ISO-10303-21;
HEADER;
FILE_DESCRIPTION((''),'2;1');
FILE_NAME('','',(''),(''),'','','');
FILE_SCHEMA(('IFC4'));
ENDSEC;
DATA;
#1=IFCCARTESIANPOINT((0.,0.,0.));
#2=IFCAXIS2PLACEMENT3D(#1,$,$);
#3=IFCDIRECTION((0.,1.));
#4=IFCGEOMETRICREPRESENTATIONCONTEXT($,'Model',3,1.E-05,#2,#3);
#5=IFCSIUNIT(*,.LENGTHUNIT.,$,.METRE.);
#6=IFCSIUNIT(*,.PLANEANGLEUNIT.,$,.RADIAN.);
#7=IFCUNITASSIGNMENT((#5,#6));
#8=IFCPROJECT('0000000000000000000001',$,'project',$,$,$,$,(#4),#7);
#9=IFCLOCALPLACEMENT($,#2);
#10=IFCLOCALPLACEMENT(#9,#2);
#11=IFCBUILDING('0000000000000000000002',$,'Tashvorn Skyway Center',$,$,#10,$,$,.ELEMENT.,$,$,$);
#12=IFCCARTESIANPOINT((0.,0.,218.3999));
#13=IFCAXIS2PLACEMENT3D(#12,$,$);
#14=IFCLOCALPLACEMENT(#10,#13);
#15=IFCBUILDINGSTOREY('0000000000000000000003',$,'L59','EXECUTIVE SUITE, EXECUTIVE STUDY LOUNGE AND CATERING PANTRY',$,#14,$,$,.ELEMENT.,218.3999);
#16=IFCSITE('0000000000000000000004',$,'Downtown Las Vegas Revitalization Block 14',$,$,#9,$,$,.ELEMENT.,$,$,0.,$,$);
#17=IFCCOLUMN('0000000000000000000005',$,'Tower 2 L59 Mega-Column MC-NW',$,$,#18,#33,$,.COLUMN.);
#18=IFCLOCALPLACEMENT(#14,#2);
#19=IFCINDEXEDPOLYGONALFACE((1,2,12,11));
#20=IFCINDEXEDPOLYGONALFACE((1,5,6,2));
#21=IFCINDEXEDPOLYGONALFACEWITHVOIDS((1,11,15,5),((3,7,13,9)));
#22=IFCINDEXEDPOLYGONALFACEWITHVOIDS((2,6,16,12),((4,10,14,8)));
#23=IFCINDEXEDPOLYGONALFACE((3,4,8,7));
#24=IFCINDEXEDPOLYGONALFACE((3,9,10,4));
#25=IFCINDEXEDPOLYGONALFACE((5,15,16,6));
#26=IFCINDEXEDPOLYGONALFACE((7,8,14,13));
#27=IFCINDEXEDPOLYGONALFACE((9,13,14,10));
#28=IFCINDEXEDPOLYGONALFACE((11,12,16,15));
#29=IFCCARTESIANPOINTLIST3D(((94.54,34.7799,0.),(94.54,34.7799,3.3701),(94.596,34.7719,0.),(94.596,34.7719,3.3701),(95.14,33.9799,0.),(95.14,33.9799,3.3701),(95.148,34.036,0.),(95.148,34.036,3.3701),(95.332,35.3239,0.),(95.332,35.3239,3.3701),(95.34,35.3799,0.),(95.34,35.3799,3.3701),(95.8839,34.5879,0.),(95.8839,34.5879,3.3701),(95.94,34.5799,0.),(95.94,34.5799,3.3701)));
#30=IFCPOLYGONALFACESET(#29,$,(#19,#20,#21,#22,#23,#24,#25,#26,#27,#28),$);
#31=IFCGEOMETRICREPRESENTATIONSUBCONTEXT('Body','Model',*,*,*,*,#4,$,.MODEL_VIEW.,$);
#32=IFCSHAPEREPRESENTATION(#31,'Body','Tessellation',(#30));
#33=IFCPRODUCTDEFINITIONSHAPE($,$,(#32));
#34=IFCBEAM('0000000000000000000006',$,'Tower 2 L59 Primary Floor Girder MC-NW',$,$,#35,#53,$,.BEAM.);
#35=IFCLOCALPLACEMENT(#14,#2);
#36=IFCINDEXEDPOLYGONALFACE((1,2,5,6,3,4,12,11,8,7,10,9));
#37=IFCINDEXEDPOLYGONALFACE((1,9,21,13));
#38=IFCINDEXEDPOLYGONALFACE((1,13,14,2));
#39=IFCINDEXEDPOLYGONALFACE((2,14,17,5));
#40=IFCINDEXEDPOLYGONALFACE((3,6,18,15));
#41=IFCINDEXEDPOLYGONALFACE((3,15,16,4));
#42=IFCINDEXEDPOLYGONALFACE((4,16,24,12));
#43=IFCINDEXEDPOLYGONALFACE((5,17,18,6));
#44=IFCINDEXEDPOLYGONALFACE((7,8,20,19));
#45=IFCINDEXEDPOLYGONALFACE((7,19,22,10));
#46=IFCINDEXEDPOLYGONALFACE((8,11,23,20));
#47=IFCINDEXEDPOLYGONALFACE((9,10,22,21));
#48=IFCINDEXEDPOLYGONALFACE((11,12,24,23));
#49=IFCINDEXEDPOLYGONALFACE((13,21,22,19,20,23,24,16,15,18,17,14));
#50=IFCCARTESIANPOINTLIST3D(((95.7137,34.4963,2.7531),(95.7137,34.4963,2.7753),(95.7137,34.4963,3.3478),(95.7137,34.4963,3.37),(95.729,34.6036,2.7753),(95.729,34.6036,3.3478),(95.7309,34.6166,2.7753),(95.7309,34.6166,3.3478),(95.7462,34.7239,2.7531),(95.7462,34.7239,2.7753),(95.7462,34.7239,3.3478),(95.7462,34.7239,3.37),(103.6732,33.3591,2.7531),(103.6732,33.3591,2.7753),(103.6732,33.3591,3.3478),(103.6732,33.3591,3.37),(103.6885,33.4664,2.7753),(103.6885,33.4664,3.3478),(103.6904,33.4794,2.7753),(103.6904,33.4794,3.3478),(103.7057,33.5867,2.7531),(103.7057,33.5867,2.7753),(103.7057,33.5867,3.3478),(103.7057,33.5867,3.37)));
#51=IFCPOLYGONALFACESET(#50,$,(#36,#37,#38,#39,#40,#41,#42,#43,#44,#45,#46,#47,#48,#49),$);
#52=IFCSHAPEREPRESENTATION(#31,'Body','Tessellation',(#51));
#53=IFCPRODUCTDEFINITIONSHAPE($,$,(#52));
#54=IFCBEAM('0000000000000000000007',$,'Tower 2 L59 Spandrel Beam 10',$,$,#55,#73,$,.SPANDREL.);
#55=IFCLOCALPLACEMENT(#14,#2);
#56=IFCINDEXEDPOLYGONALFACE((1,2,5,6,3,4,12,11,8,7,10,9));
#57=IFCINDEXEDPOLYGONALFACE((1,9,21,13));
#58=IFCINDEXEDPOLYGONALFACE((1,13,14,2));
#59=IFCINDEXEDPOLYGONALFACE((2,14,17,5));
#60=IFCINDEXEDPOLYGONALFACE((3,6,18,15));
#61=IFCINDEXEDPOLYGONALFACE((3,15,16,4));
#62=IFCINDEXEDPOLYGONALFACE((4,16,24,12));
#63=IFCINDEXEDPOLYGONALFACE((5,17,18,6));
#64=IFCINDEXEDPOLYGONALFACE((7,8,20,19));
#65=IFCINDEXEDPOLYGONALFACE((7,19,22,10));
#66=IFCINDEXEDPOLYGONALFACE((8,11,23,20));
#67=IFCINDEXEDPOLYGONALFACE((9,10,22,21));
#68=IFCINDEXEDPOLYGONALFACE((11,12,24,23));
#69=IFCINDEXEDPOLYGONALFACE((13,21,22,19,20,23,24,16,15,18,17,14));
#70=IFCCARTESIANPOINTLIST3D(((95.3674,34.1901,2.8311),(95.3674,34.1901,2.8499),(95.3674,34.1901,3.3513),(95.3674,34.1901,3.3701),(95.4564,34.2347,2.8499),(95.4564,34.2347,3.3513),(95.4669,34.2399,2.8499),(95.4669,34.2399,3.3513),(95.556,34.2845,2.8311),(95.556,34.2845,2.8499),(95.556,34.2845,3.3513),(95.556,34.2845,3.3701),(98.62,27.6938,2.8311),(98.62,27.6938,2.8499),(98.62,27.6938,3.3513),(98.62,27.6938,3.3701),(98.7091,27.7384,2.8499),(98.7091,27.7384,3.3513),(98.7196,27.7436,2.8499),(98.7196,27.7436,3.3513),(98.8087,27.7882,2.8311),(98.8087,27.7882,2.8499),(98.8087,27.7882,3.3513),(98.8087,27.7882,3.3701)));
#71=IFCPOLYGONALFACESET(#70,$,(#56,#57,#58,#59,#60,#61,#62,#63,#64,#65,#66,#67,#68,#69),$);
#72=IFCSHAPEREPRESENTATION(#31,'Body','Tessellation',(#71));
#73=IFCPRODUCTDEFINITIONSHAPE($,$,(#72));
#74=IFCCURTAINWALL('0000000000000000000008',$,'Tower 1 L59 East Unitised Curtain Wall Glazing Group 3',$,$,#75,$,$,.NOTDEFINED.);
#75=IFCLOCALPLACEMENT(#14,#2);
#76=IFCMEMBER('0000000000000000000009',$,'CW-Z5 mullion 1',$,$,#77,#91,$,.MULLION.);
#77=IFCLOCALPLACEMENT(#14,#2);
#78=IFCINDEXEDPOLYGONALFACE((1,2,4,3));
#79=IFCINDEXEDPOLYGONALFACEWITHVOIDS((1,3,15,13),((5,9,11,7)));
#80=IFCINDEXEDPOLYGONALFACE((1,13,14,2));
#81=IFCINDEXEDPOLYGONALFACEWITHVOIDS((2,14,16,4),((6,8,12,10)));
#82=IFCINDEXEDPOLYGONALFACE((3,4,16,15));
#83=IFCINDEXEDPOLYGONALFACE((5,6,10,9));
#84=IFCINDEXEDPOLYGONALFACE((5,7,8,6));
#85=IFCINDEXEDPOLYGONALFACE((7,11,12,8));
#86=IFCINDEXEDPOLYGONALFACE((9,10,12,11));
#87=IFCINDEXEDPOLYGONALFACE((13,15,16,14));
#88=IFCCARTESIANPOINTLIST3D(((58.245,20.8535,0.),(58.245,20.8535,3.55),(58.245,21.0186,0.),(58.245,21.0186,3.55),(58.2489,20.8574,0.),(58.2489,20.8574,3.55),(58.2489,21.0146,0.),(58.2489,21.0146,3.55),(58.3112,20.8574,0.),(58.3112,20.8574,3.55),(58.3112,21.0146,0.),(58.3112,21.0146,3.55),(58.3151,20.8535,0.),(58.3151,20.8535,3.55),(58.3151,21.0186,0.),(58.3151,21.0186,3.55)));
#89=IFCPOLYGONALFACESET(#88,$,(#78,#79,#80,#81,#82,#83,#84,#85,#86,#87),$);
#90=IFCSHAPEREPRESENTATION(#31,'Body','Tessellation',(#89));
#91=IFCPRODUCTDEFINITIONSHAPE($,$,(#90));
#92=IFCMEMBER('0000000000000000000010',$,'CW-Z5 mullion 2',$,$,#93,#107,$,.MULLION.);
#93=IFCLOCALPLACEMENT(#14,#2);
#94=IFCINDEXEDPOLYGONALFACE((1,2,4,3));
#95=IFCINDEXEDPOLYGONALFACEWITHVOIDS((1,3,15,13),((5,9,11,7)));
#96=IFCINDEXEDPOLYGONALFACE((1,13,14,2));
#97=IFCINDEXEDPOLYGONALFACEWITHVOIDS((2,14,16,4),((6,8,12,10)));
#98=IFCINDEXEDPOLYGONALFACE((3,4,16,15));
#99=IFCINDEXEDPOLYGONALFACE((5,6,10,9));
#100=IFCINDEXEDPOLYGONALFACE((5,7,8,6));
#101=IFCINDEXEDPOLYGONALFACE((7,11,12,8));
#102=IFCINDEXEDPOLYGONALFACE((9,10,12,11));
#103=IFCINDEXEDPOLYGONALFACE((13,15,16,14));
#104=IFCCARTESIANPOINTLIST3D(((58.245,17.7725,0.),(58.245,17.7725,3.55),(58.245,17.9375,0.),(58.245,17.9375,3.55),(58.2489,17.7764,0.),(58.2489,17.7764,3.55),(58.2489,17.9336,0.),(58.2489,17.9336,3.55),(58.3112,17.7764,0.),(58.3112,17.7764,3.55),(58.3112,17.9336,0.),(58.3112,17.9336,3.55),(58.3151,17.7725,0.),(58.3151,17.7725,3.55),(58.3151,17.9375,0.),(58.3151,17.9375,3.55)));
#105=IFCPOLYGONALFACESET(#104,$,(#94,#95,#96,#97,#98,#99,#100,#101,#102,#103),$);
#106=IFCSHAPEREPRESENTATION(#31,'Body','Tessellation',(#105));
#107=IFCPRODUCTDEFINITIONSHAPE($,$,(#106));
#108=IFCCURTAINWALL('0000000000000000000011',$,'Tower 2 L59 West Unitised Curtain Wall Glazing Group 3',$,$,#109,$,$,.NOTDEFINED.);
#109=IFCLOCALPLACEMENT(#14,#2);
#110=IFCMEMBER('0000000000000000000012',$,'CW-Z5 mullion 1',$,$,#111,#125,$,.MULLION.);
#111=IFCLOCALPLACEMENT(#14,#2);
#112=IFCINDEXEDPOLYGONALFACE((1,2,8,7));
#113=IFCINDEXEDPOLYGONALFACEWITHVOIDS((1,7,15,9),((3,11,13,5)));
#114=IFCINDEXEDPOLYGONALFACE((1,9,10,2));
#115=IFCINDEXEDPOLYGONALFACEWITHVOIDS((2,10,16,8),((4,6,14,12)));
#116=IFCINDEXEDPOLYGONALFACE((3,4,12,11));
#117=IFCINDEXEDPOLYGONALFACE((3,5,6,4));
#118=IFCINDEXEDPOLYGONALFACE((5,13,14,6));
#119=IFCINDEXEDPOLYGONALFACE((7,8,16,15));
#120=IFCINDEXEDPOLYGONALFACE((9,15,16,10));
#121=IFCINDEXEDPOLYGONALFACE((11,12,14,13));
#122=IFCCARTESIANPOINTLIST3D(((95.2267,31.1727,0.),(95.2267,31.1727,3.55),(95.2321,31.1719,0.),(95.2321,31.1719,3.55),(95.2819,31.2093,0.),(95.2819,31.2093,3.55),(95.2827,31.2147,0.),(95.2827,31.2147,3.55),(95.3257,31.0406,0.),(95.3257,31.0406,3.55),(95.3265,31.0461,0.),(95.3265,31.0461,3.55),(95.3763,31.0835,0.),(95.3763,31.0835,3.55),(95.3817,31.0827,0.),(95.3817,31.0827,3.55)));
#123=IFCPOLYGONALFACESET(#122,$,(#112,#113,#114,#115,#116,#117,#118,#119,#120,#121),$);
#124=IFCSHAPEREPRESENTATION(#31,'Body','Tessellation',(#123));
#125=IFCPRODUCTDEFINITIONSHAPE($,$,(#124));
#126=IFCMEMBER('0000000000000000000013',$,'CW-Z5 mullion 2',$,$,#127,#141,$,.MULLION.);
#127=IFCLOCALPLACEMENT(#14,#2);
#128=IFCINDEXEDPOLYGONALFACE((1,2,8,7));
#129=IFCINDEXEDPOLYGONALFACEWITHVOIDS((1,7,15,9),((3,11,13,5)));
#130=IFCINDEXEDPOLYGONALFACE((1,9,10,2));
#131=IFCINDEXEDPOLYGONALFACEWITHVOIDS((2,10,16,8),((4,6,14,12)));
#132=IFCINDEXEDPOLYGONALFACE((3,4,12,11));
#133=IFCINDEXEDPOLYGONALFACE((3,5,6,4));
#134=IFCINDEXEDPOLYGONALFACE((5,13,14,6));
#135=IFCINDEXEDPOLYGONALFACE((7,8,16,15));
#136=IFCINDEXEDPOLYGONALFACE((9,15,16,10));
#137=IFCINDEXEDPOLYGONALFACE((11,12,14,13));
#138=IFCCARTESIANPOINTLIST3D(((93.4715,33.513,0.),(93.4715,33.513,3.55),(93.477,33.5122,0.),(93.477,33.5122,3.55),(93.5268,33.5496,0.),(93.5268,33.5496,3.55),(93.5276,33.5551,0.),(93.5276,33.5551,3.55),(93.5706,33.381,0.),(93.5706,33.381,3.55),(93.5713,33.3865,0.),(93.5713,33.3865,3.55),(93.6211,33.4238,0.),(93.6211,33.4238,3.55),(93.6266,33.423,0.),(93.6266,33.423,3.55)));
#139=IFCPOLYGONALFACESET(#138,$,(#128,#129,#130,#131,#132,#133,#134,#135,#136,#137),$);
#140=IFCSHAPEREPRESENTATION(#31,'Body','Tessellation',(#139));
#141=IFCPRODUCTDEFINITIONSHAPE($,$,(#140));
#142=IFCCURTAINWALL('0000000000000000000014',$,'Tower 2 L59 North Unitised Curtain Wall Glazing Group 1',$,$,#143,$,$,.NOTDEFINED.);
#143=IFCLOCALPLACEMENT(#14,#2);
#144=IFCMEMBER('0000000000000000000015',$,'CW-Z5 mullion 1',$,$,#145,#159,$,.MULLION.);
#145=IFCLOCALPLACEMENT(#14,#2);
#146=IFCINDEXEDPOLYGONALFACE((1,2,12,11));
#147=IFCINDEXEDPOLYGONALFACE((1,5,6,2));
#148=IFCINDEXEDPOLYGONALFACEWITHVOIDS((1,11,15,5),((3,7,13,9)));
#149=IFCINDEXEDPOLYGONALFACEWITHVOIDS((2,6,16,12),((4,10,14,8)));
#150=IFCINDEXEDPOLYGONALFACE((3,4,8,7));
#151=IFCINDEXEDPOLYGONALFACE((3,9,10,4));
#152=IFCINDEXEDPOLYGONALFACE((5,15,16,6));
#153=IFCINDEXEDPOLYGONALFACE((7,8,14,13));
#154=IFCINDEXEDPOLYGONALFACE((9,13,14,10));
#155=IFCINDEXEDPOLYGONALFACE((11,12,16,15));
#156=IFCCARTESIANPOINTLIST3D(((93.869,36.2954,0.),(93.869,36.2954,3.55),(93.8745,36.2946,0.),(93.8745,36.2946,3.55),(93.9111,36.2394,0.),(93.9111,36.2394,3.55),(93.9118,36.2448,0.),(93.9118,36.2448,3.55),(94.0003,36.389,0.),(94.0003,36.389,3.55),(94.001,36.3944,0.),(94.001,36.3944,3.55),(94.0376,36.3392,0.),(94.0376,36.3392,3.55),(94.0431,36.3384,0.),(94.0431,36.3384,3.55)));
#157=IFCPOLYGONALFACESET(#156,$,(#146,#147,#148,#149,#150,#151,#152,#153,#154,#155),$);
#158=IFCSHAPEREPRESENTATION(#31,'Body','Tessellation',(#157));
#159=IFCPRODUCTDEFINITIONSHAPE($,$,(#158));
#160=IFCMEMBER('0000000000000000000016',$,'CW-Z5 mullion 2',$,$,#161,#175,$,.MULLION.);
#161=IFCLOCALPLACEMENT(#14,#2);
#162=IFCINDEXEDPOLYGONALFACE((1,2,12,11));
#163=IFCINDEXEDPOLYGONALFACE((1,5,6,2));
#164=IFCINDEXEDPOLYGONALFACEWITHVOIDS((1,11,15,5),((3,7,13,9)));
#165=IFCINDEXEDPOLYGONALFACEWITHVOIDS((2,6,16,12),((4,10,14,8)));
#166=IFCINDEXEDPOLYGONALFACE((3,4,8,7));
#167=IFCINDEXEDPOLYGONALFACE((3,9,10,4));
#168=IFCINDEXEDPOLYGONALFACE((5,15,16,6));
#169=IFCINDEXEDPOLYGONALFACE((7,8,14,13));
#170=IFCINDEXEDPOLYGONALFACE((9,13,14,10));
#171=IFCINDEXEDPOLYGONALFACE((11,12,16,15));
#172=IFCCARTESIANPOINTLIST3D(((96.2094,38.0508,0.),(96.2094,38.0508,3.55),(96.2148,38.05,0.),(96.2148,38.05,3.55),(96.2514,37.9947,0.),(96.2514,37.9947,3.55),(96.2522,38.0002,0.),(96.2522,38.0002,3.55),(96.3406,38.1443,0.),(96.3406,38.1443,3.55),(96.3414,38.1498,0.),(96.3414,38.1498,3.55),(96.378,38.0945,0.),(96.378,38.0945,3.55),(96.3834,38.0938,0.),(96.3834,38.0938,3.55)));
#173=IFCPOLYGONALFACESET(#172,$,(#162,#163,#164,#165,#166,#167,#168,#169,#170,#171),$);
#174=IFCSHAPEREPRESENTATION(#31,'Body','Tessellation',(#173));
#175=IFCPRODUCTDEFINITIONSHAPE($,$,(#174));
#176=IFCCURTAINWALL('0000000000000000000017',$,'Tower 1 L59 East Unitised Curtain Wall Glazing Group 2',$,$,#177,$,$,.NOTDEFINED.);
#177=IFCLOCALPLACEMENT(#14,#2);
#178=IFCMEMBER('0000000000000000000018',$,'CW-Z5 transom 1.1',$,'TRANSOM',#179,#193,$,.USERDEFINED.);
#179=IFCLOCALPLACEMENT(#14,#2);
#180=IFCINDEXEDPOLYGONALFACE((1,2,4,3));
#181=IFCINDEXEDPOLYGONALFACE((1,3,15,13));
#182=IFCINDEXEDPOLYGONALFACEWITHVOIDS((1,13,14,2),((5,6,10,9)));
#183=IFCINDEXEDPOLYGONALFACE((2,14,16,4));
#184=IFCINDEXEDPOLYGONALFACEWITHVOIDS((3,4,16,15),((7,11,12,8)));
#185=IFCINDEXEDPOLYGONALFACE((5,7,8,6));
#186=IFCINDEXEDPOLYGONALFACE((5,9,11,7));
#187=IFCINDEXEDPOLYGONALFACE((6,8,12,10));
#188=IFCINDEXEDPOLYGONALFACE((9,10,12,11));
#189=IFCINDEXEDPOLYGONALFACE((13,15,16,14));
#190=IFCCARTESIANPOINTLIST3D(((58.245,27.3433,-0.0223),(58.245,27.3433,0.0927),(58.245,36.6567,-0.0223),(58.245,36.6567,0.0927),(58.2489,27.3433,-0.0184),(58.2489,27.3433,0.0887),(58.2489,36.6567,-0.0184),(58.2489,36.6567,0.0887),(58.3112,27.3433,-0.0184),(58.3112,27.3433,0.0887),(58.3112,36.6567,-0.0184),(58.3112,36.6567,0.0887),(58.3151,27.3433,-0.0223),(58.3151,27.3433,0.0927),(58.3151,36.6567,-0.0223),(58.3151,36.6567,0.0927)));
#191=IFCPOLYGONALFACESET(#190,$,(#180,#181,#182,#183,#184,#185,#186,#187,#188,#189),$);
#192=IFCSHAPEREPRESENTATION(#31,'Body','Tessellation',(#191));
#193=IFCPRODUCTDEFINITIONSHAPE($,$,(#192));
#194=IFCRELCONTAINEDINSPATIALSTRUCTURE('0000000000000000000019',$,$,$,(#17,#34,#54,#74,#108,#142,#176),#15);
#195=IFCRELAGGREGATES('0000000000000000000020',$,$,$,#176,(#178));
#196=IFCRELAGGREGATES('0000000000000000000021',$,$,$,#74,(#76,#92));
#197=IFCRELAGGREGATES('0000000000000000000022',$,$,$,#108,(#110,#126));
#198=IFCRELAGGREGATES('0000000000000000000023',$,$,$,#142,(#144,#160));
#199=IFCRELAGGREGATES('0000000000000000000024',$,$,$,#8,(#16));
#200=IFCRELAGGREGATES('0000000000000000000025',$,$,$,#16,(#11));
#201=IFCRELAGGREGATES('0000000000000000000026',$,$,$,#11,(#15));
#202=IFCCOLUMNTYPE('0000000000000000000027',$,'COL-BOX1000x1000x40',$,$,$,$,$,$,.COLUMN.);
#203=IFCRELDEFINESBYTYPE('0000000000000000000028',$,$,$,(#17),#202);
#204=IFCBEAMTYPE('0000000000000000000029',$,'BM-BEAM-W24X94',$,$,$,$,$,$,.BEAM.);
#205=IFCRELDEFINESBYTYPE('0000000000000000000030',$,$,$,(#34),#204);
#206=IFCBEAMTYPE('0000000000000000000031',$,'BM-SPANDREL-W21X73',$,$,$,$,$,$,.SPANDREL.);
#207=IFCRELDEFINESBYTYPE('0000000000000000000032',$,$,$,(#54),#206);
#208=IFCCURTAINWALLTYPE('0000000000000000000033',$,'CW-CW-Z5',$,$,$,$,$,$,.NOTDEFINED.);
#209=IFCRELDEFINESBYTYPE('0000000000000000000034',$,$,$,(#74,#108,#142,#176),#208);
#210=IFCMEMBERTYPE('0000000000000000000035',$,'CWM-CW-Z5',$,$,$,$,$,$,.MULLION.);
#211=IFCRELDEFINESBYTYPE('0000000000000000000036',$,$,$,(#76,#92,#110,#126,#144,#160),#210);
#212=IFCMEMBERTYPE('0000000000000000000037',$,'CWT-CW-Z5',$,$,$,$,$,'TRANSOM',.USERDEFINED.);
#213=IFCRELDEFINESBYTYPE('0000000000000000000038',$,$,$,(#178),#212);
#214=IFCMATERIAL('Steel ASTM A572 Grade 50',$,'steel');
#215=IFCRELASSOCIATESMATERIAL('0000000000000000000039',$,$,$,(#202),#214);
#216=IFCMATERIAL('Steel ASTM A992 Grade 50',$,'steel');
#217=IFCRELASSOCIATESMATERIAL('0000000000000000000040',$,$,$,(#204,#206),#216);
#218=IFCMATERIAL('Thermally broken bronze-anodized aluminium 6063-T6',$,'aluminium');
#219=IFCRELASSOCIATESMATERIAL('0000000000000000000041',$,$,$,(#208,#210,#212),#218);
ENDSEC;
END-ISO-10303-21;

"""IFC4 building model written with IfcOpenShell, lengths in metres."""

from ifc_helpers import new_model, si_unit, direction, frame, origin, origin_2d, place, context, subcontext, project, spatial, hollow_rectangle, i_section, extrude, material, material_profile, profile_set, type_object, element, aggregate, save


model = new_model("IFC4")

# Units and contexts
model_context = context("Model", 3, precision=1e-05, world=origin(), true_north=direction((0.0, 1.0)))
body_context = subcontext(model_context, "Body", "Model", "MODEL_VIEW")
ifc_project = project(units=[si_unit("LENGTHUNIT", "METRE"), si_unit("PLANEANGLEUNIT", "RADIAN")], contexts=[model_context])

# Site, building, storey
site_placement = place(None, origin())
site = spatial("IfcSite", under=ifc_project, at=site_placement, Name="Downtown Las Vegas Revitalization Block 14", CompositionType="ELEMENT", RefElevation=0.0)
building_placement = place(site_placement, origin())
building = spatial("IfcBuilding", under=site, at=building_placement, Name="Tashvorn Skyway Center", CompositionType="ELEMENT")
storey_placement = place(building_placement, frame((0.0, 0.0, 218.3999)))
storey = spatial("IfcBuildingStorey", under=building, at=storey_placement, Name="L59", Description="EXECUTIVE SUITE, EXECUTIVE STUDY LOUNGE AND CATERING PANTRY", CompositionType="ELEMENT", Elevation=218.3999)

# Column
ifc_material_1 = material(Name="Steel ASTM A572 Grade 50", Category="steel")
ifc_material_profile_1 = material_profile(ifc_material_1, hollow_rectangle(XDim=1.0, YDim=1.0, WallThickness=0.04, at=origin_2d()), Name="BOX1000x1000x40")
ifc_profile_set_1 = profile_set([ifc_material_profile_1], Name="Steel ASTM A572 Grade 50")
column_type = type_object("IfcColumnType", Name="COL-BOX1000x1000x40", PredefinedType="COLUMN", material=ifc_profile_set_1)
column_placement = place(storey_placement, frame((95.24, 34.6799, 0.0), z_axis=(0.0, 0.0, 1.0), x_axis=(0.8, 0.6, 0.0)))
element("IfcColumn", 1, at=column_placement, inside=storey, type_object=column_type, Name="Tower 2 L59 Mega-Column MC-NW", PredefinedType="COLUMN", context=body_context, shape_type="SweptSolid", body=[
    extrude(hollow_rectangle(XDim=1.0, YDim=1.0, WallThickness=0.04, at=origin_2d()), origin(), (0.0, 0.0, 1.0), 3.3701),
])

# Beams
ifc_material_2 = material(Name="Steel ASTM A992 Grade 50", Category="steel")
ifc_material_profile_2 = material_profile(ifc_material_2, i_section(OverallWidth=0.23, OverallDepth=0.6169, WebThickness=0.0132, FlangeThickness=0.0222, at=origin_2d()), Name="W24X94")
ifc_profile_set_2 = profile_set([ifc_material_profile_2], Name="Steel ASTM A992 Grade 50")
beam_type_1 = type_object("IfcBeamType", Name="BM-BEAM-W24X94", PredefinedType="BEAM", material=ifc_profile_set_2)
beam_1_placement = place(storey_placement, frame((95.73, 34.6101, 3.0615), z_axis=(0.989947, -0.141438, 0.0), x_axis=(0.141438, 0.989947, 0.0)))
element("IfcBeam", 2, at=beam_1_placement, inside=storey, type_object=beam_type_1, Name="Tower 2 L59 Primary Floor Girder MC-NW", PredefinedType="BEAM", context=body_context, shape_type="SweptSolid", body=[
    extrude(i_section(OverallWidth=0.23, OverallDepth=0.6169, WebThickness=0.0132, FlangeThickness=0.0222, at=origin_2d()), origin(), (0.0, 0.0, 1.0), 8.0403),
])
ifc_material_profile_3 = material_profile(ifc_material_2, i_section(OverallWidth=0.2109, OverallDepth=0.5391, WebThickness=0.0117, FlangeThickness=0.0188, at=origin_2d()), Name="W21X73")
ifc_profile_set_3 = profile_set([ifc_material_profile_3], Name="Steel ASTM A992 Grade 50")
beam_type_2 = type_object("IfcBeamType", Name="BM-SPANDREL-W21X73", PredefinedType="SPANDREL", material=ifc_profile_set_3)
beam_2_placement = place(storey_placement, frame((95.4617, 34.2373, 3.1006), z_axis=(0.447711, -0.894178, 0.0), x_axis=(0.894178, 0.447711, 0.0)))
element("IfcBeam", 3, at=beam_2_placement, inside=storey, type_object=beam_type_2, Name="Tower 2 L59 Spandrel Beam 10", PredefinedType="SPANDREL", context=body_context, shape_type="SweptSolid", body=[
    extrude(i_section(OverallWidth=0.2109, OverallDepth=0.5391, WebThickness=0.0117, FlangeThickness=0.0188, at=origin_2d()), origin(), (0.0, 0.0, 1.0), 7.2651),
])

# Curtain walls, members
ifc_material_3 = material(Name="Thermally broken bronze-anodized aluminium 6063-T6", Category="aluminium")
curtain_wall_type = type_object("IfcCurtainWallType", Name="CW-CW-Z5", PredefinedType="NOTDEFINED", material=ifc_material_3)
curtain_wall_1_placement = place(storey_placement, origin())
curtain_wall_1 = element("IfcCurtainWall", 4, at=curtain_wall_1_placement, inside=storey, type_object=curtain_wall_type, Name="Tower 1 L59 East Unitised Curtain Wall Glazing Group 3", PredefinedType="NOTDEFINED")
ifc_material_profile_4 = material_profile(ifc_material_3, hollow_rectangle(XDim=0.0701, YDim=0.165, WallThickness=0.0039, at=origin_2d()), Name="ALU-MULL-70x165")
ifc_profile_set_4 = profile_set([ifc_material_profile_4], Name="Thermally broken bronze-anodized aluminium 6063-T6")
member_type_1 = type_object("IfcMemberType", Name="CWM-CW-Z5", PredefinedType="MULLION", material=ifc_profile_set_4)
member_1_placement = place(storey_placement, frame((58.28, 20.936, 0.0), z_axis=(0.0, 0.0, 1.0), x_axis=(1.0, 0.0, 0.0)))
member_1 = element("IfcMember", 5, at=member_1_placement, type_object=member_type_1, Name="CW-Z5 mullion 1", PredefinedType="MULLION", context=body_context, shape_type="SweptSolid", body=[
    extrude(hollow_rectangle(XDim=0.0701, YDim=0.165, WallThickness=0.0039, at=origin_2d()), origin(), (0.0, 0.0, 1.0), 3.55),
])
member_2_placement = place(storey_placement, frame((58.28, 17.855, 0.0), z_axis=(0.0, 0.0, 1.0), x_axis=(1.0, 0.0, 0.0)))
member_2 = element("IfcMember", 6, at=member_2_placement, type_object=member_type_1, Name="CW-Z5 mullion 2", PredefinedType="MULLION", context=body_context, shape_type="SweptSolid", body=[
    extrude(hollow_rectangle(XDim=0.0701, YDim=0.165, WallThickness=0.0039, at=origin_2d()), origin(), (0.0, 0.0, 1.0), 3.55),
])
curtain_wall_2_placement = place(storey_placement, origin())
curtain_wall_2 = element("IfcCurtainWall", 7, at=curtain_wall_2_placement, inside=storey, type_object=curtain_wall_type, Name="Tower 2 L59 West Unitised Curtain Wall Glazing Group 3", PredefinedType="NOTDEFINED")
member_3_placement = place(storey_placement, frame((95.3042, 31.1277, 0.0), z_axis=(0.0, 0.0, 1.0), x_axis=(-0.8, -0.6, 0.0)))
member_3 = element("IfcMember", 8, at=member_3_placement, type_object=member_type_1, Name="CW-Z5 mullion 1", PredefinedType="MULLION", context=body_context, shape_type="SweptSolid", body=[
    extrude(hollow_rectangle(XDim=0.0701, YDim=0.165, WallThickness=0.0039, at=origin_2d()), origin(), (0.0, 0.0, 1.0), 3.55),
])
member_4_placement = place(storey_placement, frame((93.5491, 33.468, 0.0), z_axis=(0.0, 0.0, 1.0), x_axis=(-0.8, -0.6, 0.0)))
member_4 = element("IfcMember", 9, at=member_4_placement, type_object=member_type_1, Name="CW-Z5 mullion 2", PredefinedType="MULLION", context=body_context, shape_type="SweptSolid", body=[
    extrude(hollow_rectangle(XDim=0.0701, YDim=0.165, WallThickness=0.0039, at=origin_2d()), origin(), (0.0, 0.0, 1.0), 3.55),
])
curtain_wall_3_placement = place(storey_placement, origin())
curtain_wall_3 = element("IfcCurtainWall", 10, at=curtain_wall_3_placement, inside=storey, type_object=curtain_wall_type, Name="Tower 2 L59 North Unitised Curtain Wall Glazing Group 1", PredefinedType="NOTDEFINED")
member_5_placement = place(storey_placement, frame((93.9561, 36.3169, 0.0), z_axis=(0.0, 0.0, 1.0), x_axis=(-0.6, 0.8, 0.0)))
member_5 = element("IfcMember", 11, at=member_5_placement, type_object=member_type_1, Name="CW-Z5 mullion 1", PredefinedType="MULLION", context=body_context, shape_type="SweptSolid", body=[
    extrude(hollow_rectangle(XDim=0.0701, YDim=0.165, WallThickness=0.0039, at=origin_2d()), origin(), (0.0, 0.0, 1.0), 3.55),
])
member_6_placement = place(storey_placement, frame((96.2964, 38.0723, 0.0), z_axis=(0.0, 0.0, 1.0), x_axis=(-0.6, 0.8, 0.0)))
member_6 = element("IfcMember", 12, at=member_6_placement, type_object=member_type_1, Name="CW-Z5 mullion 2", PredefinedType="MULLION", context=body_context, shape_type="SweptSolid", body=[
    extrude(hollow_rectangle(XDim=0.0701, YDim=0.165, WallThickness=0.0039, at=origin_2d()), origin(), (0.0, 0.0, 1.0), 3.55),
])
curtain_wall_4_placement = place(storey_placement, origin())
curtain_wall_4 = element("IfcCurtainWall", 13, at=curtain_wall_4_placement, inside=storey, type_object=curtain_wall_type, Name="Tower 1 L59 East Unitised Curtain Wall Glazing Group 2", PredefinedType="NOTDEFINED")
ifc_material_profile_5 = material_profile(ifc_material_3, hollow_rectangle(XDim=0.0701, YDim=0.115, WallThickness=0.0039, at=origin_2d()), Name="ALU-TRAN-70x115")
ifc_profile_set_5 = profile_set([ifc_material_profile_5], Name="Thermally broken bronze-anodized aluminium 6063-T6")
member_type_2 = type_object("IfcMemberType", Name="CWT-CW-Z5", ElementType="TRANSOM", PredefinedType="USERDEFINED", material=ifc_profile_set_5)
member_7_placement = place(storey_placement, frame((58.28, 36.6567, 0.0352), z_axis=(0.0, -1.0, 0.0), x_axis=(1.0, 0.0, 0.0)))
member_7 = element("IfcMember", 14, at=member_7_placement, type_object=member_type_2, Name="CW-Z5 transom 1.1", ObjectType="TRANSOM", PredefinedType="USERDEFINED", context=body_context, shape_type="SweptSolid", body=[
    extrude(hollow_rectangle(XDim=0.0701, YDim=0.115, WallThickness=0.0039, at=origin_2d()), origin(), (0.0, 0.0, 1.0), 9.3135),
])

aggregate(curtain_wall_4, [member_7])
aggregate(curtain_wall_1, [member_1, member_2])
aggregate(curtain_wall_2, [member_3, member_4])
aggregate(curtain_wall_3, [member_5, member_6])

save(model, "model.ifc")
